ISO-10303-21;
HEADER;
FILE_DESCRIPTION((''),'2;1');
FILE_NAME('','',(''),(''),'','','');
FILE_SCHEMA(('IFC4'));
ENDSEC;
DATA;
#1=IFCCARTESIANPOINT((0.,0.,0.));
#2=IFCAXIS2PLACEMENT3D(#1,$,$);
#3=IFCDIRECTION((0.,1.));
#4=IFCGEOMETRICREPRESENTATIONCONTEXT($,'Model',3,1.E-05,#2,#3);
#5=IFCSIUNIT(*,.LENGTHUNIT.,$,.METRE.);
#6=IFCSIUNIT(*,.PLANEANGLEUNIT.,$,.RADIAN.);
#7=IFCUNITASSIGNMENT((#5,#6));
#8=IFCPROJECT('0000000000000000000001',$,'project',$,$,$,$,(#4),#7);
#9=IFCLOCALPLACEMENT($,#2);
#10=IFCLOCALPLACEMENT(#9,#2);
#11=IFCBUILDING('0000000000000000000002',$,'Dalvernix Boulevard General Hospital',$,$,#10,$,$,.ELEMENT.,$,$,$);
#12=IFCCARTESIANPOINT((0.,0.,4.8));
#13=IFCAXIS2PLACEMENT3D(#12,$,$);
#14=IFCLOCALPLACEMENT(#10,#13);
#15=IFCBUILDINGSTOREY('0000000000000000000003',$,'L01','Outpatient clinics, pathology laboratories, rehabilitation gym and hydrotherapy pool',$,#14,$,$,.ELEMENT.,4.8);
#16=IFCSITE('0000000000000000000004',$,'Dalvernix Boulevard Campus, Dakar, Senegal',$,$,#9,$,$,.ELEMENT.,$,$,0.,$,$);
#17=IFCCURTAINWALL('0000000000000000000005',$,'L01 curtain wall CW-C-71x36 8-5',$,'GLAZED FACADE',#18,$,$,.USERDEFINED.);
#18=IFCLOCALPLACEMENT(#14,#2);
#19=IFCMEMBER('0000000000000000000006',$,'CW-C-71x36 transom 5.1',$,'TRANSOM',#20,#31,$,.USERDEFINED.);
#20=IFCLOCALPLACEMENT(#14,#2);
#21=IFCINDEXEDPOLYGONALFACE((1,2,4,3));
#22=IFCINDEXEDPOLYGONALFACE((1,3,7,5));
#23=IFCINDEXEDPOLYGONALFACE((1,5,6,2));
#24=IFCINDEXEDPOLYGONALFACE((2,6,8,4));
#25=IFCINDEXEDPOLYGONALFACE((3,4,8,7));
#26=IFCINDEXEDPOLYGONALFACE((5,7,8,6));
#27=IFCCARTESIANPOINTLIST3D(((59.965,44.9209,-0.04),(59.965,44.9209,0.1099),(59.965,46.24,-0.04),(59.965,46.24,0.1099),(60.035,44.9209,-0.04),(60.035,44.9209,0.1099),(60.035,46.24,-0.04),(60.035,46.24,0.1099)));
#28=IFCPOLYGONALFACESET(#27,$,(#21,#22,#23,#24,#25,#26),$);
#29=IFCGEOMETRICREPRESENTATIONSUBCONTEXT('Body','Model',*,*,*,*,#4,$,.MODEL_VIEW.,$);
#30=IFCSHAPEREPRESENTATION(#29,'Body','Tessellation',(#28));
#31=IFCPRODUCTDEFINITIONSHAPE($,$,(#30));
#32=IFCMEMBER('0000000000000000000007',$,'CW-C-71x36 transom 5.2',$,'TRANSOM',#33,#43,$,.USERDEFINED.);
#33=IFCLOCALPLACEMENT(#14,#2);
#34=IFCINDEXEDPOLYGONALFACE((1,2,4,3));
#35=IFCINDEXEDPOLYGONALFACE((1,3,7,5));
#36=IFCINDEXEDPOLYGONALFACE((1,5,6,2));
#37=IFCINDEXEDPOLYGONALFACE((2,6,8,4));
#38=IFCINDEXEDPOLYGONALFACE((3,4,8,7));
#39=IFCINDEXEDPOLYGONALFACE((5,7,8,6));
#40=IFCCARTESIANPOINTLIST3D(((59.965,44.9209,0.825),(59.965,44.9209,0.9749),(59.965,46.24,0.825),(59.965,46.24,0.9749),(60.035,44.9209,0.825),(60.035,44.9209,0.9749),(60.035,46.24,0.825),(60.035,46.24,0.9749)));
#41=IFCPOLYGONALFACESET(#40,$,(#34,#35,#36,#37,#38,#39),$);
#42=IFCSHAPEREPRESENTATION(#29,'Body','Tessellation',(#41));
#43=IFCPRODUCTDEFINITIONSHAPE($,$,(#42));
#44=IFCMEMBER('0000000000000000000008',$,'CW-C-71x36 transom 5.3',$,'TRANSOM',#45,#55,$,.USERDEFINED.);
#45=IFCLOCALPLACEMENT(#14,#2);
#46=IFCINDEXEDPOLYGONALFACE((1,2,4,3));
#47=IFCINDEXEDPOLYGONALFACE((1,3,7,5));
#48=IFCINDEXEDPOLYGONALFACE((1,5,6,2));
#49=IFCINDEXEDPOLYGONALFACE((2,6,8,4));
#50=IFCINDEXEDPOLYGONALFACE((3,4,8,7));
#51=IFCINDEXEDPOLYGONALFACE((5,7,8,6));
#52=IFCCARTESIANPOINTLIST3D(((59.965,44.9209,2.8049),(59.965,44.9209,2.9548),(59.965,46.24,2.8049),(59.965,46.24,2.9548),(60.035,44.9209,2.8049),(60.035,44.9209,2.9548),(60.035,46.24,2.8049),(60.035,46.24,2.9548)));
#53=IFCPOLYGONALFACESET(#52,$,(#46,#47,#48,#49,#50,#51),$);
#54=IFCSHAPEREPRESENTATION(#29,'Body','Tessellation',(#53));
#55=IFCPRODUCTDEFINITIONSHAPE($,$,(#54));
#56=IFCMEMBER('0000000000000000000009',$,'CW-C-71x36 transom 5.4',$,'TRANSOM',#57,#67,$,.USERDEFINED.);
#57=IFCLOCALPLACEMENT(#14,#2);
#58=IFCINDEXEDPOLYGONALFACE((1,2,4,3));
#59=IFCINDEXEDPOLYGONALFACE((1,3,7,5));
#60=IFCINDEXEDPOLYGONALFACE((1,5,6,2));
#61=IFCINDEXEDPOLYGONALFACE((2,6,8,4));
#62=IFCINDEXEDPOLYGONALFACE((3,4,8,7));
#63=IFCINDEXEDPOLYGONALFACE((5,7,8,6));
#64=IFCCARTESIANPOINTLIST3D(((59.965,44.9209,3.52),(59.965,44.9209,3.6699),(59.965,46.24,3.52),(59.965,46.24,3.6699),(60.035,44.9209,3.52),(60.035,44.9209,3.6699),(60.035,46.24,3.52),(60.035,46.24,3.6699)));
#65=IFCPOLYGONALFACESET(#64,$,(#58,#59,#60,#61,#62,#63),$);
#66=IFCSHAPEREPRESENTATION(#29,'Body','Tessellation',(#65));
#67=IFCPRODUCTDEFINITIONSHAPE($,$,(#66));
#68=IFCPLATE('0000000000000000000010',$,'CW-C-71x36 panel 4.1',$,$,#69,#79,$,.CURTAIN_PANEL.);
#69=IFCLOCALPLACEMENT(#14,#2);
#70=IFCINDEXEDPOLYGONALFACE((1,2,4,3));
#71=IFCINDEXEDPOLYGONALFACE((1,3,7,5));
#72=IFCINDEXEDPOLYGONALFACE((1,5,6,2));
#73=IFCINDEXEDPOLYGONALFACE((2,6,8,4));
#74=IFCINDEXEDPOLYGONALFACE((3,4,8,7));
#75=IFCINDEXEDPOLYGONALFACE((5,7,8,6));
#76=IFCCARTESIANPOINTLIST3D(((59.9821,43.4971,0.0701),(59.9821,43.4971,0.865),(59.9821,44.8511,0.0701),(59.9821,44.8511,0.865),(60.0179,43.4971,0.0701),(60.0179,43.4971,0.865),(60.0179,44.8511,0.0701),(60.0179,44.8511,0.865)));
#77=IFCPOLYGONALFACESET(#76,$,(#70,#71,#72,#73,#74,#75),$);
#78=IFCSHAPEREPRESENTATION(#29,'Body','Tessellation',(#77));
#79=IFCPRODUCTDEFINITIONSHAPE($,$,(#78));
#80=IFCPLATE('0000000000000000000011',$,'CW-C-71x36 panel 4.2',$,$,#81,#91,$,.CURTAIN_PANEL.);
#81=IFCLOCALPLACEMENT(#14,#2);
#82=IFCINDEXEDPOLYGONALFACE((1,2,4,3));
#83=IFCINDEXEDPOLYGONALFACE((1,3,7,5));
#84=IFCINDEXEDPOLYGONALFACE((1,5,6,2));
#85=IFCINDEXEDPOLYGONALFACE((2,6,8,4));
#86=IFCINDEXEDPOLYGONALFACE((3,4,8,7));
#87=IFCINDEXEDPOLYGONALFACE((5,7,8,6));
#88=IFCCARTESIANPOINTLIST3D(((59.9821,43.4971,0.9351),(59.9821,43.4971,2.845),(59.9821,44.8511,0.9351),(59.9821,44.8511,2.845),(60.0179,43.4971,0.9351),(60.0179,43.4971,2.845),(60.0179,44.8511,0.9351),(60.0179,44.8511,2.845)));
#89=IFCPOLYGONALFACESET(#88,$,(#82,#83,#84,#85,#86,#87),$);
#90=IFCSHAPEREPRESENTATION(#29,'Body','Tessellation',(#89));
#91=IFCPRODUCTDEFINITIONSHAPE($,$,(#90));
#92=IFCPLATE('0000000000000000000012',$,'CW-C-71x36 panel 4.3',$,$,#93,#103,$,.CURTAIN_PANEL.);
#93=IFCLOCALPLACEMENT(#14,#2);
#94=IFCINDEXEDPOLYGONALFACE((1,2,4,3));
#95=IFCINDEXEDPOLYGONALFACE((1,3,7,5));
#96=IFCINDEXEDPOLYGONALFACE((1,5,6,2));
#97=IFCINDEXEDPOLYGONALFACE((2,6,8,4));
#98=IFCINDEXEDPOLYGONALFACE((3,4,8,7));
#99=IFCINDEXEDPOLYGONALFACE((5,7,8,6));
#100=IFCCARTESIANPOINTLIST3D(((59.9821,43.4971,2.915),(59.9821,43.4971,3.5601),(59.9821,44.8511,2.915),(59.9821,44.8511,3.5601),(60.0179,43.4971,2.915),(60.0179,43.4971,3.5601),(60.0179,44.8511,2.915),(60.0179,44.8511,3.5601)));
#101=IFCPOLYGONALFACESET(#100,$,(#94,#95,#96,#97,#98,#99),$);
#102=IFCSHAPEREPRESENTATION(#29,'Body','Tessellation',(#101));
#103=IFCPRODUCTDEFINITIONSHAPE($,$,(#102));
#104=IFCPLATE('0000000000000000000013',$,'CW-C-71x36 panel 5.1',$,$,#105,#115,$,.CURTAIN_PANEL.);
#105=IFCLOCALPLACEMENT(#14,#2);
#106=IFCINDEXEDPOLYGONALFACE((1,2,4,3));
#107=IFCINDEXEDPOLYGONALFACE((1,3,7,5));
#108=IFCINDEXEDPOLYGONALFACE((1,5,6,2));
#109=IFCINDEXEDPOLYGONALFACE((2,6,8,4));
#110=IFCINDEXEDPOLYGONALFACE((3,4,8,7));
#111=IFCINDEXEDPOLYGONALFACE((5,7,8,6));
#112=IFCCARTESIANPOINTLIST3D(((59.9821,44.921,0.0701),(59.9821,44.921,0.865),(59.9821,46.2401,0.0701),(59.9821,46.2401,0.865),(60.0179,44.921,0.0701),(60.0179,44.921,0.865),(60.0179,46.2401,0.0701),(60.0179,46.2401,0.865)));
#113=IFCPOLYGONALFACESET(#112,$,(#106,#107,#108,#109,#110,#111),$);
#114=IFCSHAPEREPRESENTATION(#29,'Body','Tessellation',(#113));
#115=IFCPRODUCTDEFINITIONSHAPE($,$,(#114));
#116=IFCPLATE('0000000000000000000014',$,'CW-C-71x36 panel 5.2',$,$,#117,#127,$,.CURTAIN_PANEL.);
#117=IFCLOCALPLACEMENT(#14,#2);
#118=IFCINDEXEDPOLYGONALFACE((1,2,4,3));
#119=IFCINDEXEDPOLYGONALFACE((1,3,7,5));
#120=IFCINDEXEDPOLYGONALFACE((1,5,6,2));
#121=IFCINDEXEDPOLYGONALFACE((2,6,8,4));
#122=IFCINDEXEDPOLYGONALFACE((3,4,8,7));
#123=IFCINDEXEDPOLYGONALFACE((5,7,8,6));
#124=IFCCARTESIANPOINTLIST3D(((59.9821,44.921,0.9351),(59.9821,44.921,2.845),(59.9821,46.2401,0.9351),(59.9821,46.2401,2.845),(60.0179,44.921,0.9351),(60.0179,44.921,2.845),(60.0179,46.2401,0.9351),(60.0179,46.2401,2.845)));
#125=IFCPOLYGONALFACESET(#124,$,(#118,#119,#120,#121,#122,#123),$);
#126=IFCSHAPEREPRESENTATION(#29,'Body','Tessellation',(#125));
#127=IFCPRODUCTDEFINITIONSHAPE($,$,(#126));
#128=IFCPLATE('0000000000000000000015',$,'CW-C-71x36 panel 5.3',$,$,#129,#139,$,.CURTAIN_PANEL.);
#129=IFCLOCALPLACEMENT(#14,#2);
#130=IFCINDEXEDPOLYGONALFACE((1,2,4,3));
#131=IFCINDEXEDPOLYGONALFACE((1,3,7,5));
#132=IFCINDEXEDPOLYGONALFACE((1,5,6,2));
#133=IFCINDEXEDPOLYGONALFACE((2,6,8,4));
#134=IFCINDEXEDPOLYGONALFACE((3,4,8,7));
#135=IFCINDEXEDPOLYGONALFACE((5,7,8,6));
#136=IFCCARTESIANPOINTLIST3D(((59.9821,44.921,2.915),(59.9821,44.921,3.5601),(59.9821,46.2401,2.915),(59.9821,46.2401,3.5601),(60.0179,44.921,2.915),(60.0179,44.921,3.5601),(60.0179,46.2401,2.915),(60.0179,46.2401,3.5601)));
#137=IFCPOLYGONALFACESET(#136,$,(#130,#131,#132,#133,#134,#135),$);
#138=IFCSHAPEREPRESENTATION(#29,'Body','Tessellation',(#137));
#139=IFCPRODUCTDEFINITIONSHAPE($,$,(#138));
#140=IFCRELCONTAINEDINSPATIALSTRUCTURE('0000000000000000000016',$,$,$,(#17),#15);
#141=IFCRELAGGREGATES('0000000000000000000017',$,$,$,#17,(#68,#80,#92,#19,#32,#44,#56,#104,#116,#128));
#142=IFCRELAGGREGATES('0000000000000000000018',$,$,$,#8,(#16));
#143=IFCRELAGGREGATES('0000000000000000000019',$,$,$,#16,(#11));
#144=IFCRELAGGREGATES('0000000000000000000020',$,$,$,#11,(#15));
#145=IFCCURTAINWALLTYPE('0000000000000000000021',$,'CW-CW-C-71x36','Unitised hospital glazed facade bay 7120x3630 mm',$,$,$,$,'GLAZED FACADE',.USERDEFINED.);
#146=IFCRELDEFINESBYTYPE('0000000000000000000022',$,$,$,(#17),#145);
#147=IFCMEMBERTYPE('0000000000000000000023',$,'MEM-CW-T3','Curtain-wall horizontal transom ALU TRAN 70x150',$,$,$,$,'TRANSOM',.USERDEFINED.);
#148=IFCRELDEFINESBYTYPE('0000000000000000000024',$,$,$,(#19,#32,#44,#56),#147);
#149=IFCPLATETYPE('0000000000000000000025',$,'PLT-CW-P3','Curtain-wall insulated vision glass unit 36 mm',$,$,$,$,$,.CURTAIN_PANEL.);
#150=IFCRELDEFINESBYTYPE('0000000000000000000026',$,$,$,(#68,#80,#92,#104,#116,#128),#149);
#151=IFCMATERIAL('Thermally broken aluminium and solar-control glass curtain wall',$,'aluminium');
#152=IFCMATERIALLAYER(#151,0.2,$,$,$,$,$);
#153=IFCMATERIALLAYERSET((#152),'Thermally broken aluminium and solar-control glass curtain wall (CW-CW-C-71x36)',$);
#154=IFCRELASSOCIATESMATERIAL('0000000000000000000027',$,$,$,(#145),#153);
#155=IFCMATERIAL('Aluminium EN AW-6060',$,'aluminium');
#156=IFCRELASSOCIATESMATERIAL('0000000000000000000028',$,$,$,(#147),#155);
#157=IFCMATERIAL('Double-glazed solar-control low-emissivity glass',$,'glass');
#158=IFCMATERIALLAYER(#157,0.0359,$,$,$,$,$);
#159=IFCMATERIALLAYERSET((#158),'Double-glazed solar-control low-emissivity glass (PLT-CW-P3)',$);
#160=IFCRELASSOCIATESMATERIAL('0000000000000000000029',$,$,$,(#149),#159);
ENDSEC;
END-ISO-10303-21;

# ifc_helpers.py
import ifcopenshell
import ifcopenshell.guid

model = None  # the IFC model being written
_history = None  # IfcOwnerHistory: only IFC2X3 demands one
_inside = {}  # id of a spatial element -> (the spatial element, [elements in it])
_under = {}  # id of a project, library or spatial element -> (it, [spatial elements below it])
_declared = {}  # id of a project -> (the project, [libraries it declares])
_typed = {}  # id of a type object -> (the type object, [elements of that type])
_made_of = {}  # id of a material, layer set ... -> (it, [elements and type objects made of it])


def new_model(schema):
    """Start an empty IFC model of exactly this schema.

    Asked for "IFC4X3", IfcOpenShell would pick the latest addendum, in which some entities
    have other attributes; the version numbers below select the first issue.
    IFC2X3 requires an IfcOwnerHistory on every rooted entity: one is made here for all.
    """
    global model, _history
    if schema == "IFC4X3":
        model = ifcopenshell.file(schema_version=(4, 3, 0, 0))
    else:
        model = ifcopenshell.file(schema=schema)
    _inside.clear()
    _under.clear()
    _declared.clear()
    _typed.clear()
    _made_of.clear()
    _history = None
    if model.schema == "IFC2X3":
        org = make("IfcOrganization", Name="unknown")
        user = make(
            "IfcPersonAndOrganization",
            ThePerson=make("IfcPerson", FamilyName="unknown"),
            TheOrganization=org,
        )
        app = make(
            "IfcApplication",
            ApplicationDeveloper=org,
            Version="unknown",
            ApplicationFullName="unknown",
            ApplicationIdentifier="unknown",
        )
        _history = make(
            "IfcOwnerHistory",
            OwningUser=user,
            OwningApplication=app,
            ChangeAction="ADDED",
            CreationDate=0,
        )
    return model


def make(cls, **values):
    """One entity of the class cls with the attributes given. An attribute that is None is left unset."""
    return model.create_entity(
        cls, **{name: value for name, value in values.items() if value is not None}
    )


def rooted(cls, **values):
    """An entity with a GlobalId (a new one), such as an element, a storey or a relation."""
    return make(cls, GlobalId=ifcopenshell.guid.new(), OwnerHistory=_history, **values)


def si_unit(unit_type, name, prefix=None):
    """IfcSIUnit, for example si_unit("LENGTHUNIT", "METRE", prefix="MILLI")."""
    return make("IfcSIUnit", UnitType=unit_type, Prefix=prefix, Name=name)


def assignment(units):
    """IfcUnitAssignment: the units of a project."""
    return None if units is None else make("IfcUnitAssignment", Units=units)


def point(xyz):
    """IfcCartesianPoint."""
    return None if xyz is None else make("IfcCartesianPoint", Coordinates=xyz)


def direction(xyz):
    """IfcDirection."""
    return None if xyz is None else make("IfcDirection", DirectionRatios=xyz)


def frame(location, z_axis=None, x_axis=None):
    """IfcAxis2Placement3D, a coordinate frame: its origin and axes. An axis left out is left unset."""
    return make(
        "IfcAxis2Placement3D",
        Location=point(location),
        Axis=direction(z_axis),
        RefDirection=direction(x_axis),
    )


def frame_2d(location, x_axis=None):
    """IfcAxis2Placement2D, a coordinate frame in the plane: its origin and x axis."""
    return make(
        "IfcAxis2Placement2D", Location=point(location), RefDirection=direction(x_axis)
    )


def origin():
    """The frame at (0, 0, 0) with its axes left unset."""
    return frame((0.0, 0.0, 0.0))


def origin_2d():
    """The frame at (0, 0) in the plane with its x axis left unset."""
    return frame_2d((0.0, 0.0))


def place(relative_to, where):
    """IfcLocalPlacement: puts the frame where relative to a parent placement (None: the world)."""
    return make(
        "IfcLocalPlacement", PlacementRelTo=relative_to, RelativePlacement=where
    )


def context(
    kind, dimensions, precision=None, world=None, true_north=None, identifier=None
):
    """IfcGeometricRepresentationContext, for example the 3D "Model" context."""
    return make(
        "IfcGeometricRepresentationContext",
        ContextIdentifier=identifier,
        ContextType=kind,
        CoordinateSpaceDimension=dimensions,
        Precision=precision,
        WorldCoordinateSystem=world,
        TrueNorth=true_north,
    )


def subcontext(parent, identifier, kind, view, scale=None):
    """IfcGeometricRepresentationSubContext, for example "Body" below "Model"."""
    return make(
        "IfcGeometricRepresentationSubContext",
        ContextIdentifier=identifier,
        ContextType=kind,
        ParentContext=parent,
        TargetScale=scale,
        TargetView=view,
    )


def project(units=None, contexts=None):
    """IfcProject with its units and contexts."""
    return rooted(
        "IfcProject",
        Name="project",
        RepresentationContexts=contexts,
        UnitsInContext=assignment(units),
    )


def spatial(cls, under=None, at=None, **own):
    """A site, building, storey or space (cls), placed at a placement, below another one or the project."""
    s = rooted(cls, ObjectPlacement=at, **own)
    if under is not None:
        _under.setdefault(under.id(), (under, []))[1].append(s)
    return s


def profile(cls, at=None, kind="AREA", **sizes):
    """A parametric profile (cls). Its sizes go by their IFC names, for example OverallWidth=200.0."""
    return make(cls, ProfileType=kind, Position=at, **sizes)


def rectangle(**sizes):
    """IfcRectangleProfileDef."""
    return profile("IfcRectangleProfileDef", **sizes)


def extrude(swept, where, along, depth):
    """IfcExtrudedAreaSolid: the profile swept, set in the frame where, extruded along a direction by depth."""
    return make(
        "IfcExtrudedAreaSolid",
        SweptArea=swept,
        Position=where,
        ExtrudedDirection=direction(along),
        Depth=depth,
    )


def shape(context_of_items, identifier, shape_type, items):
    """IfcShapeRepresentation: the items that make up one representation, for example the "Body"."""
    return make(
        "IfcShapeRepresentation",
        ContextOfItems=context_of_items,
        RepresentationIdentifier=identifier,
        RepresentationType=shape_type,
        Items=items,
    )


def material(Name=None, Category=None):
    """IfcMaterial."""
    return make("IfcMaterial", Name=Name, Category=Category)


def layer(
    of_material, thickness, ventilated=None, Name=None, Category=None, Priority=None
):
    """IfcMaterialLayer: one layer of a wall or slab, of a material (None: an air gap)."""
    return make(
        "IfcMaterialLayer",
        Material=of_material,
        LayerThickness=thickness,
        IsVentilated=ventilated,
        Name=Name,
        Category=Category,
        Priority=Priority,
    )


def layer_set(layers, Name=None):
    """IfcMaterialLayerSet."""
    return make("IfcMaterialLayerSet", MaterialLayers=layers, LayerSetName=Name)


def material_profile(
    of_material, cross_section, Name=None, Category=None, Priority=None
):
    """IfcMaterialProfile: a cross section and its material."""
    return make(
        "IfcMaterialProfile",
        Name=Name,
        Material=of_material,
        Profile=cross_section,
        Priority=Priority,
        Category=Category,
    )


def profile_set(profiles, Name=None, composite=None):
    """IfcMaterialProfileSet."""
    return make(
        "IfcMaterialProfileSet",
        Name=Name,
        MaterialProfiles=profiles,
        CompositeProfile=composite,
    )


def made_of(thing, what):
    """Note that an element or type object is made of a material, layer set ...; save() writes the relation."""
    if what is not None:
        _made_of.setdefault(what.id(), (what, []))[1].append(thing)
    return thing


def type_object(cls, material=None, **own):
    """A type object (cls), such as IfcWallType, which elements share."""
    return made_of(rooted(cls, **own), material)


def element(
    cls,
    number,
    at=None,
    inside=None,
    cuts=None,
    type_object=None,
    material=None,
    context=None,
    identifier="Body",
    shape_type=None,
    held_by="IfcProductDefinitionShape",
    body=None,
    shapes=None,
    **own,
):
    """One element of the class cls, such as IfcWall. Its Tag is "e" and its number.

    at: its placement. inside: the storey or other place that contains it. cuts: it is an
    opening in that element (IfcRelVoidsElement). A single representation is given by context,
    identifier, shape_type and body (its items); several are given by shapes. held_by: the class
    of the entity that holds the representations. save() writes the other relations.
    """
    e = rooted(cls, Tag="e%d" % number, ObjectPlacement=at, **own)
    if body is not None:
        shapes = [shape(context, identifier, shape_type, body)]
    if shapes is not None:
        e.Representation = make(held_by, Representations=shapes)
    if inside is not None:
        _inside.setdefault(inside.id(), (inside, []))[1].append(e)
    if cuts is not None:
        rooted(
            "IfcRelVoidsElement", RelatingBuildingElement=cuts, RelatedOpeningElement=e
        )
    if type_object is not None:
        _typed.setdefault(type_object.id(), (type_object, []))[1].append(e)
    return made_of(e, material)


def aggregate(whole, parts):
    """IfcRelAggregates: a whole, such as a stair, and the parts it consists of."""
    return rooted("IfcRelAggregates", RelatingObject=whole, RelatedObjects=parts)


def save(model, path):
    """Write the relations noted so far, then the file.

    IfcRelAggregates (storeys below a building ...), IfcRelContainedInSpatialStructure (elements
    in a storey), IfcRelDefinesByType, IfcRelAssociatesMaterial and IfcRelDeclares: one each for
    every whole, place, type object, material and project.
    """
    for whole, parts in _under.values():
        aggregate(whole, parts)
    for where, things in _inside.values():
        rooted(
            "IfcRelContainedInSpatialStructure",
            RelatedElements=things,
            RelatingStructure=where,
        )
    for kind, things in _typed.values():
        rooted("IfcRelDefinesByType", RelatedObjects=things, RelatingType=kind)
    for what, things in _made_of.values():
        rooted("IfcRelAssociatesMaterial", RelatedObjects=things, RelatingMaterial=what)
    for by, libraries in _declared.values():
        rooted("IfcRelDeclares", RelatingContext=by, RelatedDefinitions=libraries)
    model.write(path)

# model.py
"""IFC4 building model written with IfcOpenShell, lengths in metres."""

from ifc_helpers import new_model, si_unit, direction, frame, origin, origin_2d, place, context, subcontext, project, spatial, rectangle, extrude, material, layer, layer_set, material_profile, profile_set, type_object, element, aggregate, save


model = new_model("IFC4")

# Units and contexts
model_context = context("Model", 3, precision=1e-05, world=origin(), true_north=direction((0.0, 1.0)))
body_context = subcontext(model_context, "Body", "Model", "MODEL_VIEW")
ifc_project = project(units=[si_unit("LENGTHUNIT", "METRE"), si_unit("PLANEANGLEUNIT", "RADIAN")], contexts=[model_context])

# Site, building, storey
site_placement = place(None, origin())
site = spatial("IfcSite", under=ifc_project, at=site_placement, Name="Dalvernix Boulevard Campus, Dakar, Senegal", CompositionType="ELEMENT", RefElevation=0.0)
building_placement = place(site_placement, origin())
building = spatial("IfcBuilding", under=site, at=building_placement, Name="Dalvernix Boulevard General Hospital", CompositionType="ELEMENT")
storey_placement = place(building_placement, frame((0.0, 0.0, 4.8)))
storey = spatial("IfcBuildingStorey", under=building, at=storey_placement, Name="L01", Description="Outpatient clinics, pathology laboratories, rehabilitation gym and hydrotherapy pool", CompositionType="ELEMENT", Elevation=4.8)

# Shared definitions
ifc_material_1 = material(Name="Thermally broken aluminium and solar-control glass curtain wall", Category="aluminium")
ifc_material_2 = material(Name="Aluminium EN AW-6060", Category="aluminium")

# Curtain wall
ifc_layer_1 = layer(ifc_material_1, 0.2)
ifc_layer_set_1 = layer_set([ifc_layer_1], Name="Thermally broken aluminium and solar-control glass curtain wall (CW-CW-C-71x36)")
curtain_wall_type_1 = type_object("IfcCurtainWallType", Name="CW-CW-C-71x36", Description="Unitised hospital glazed facade bay 7120x3630 mm", ElementType="GLAZED FACADE", PredefinedType="USERDEFINED", material=ifc_layer_set_1)
curtain_wall_1_placement = place(storey_placement, origin())
curtain_wall_1 = element("IfcCurtainWall", 1, at=curtain_wall_1_placement, inside=storey, type_object=curtain_wall_type_1, Name="L01 curtain wall CW-C-71x36 8-5", ObjectType="GLAZED FACADE", PredefinedType="USERDEFINED")

# Members
ifc_material_profile_1 = material_profile(ifc_material_2, rectangle(XDim=0.0701, YDim=0.1499, at=origin_2d()), Name="ALU TRAN 70x150")
ifc_profile_set_1 = profile_set([ifc_material_profile_1], Name="Aluminium EN AW-6060")
member_type_1 = type_object("IfcMemberType", Name="MEM-CW-T3", Description="Curtain-wall horizontal transom ALU TRAN 70x150", ElementType="TRANSOM", PredefinedType="USERDEFINED", material=ifc_profile_set_1)
member_1_placement = place(storey_placement, frame((60.0, 44.9209, 0.0349), z_axis=(0.0, 1.0, 0.0), x_axis=(-1.0, 0.0, 0.0)))
member_1 = element("IfcMember", 2, at=member_1_placement, type_object=member_type_1, Name="CW-C-71x36 transom 5.1", ObjectType="TRANSOM", PredefinedType="USERDEFINED", context=body_context, shape_type="SweptSolid", body=[
    extrude(rectangle(XDim=0.0701, YDim=0.1499, at=origin_2d()), origin(), (0.0, 0.0, 1.0), 1.3191),
])
member_2_placement = place(storey_placement, frame((60.0, 44.9209, 0.8999), z_axis=(0.0, 1.0, 0.0), x_axis=(-1.0, 0.0, 0.0)))
member_2 = element("IfcMember", 3, at=member_2_placement, type_object=member_type_1, Name="CW-C-71x36 transom 5.2", ObjectType="TRANSOM", PredefinedType="USERDEFINED", context=body_context, shape_type="SweptSolid", body=[
    extrude(rectangle(XDim=0.0701, YDim=0.1499, at=origin_2d()), origin(), (0.0, 0.0, 1.0), 1.3191),
])
member_3_placement = place(storey_placement, frame((60.0, 44.9209, 2.8799), z_axis=(0.0, 1.0, 0.0), x_axis=(-1.0, 0.0, 0.0)))
member_3 = element("IfcMember", 4, at=member_3_placement, type_object=member_type_1, Name="CW-C-71x36 transom 5.3", ObjectType="TRANSOM", PredefinedType="USERDEFINED", context=body_context, shape_type="SweptSolid", body=[
    extrude(rectangle(XDim=0.0701, YDim=0.1499, at=origin_2d()), origin(), (0.0, 0.0, 1.0), 1.3191),
])
member_4_placement = place(storey_placement, frame((60.0, 44.9209, 3.595), z_axis=(0.0, 1.0, 0.0), x_axis=(-1.0, 0.0, 0.0)))
member_4 = element("IfcMember", 5, at=member_4_placement, type_object=member_type_1, Name="CW-C-71x36 transom 5.4", ObjectType="TRANSOM", PredefinedType="USERDEFINED", context=body_context, shape_type="SweptSolid", body=[
    extrude(rectangle(XDim=0.0701, YDim=0.1499, at=origin_2d()), origin(), (0.0, 0.0, 1.0), 1.3191),
])

# Plates
ifc_material_3 = material(Name="Double-glazed solar-control low-emissivity glass", Category="glass")
ifc_layer_2 = layer(ifc_material_3, 0.0359)
ifc_layer_set_2 = layer_set([ifc_layer_2], Name="Double-glazed solar-control low-emissivity glass (PLT-CW-P3)")
plate_type = type_object("IfcPlateType", Name="PLT-CW-P3", Description="Curtain-wall insulated vision glass unit 36 mm", PredefinedType="CURTAIN_PANEL", material=ifc_layer_set_2)
plate_1_placement = place(storey_placement, frame((60.0, 44.1741, 0.0701), z_axis=(0.0, 0.0, 1.0), x_axis=(0.0, 1.0, 0.0)))
plate_1 = element("IfcPlate", 6, at=plate_1_placement, type_object=plate_type, Name="CW-C-71x36 panel 4.1", PredefinedType="CURTAIN_PANEL", context=body_context, shape_type="SweptSolid", body=[
    extrude(rectangle(XDim=1.354, YDim=0.0359, at=origin_2d()), origin(), (0.0, 0.0, 1.0), 0.7949),
])
plate_2_placement = place(storey_placement, frame((60.0, 44.1741, 0.9351), z_axis=(0.0, 0.0, 1.0), x_axis=(0.0, 1.0, 0.0)))
plate_2 = element("IfcPlate", 7, at=plate_2_placement, type_object=plate_type, Name="CW-C-71x36 panel 4.2", PredefinedType="CURTAIN_PANEL", context=body_context, shape_type="SweptSolid", body=[
    extrude(rectangle(XDim=1.354, YDim=0.0359, at=origin_2d()), origin(), (0.0, 0.0, 1.0), 1.9099),
])
plate_3_placement = place(storey_placement, frame((60.0, 44.1741, 2.915), z_axis=(0.0, 0.0, 1.0), x_axis=(0.0, 1.0, 0.0)))
plate_3 = element("IfcPlate", 8, at=plate_3_placement, type_object=plate_type, Name="CW-C-71x36 panel 4.3", PredefinedType="CURTAIN_PANEL", context=body_context, shape_type="SweptSolid", body=[
    extrude(rectangle(XDim=1.354, YDim=0.0359, at=origin_2d()), origin(), (0.0, 0.0, 1.0), 0.645),
])
plate_4_placement = place(storey_placement, frame((60.0, 45.5806, 0.0701), z_axis=(0.0, 0.0, 1.0), x_axis=(0.0, 1.0, 0.0)))
plate_4 = element("IfcPlate", 9, at=plate_4_placement, type_object=plate_type, Name="CW-C-71x36 panel 5.1", PredefinedType="CURTAIN_PANEL", context=body_context, shape_type="SweptSolid", body=[
    extrude(rectangle(XDim=1.3191, YDim=0.0359, at=origin_2d()), origin(), (0.0, 0.0, 1.0), 0.7949),
])
plate_5_placement = place(storey_placement, frame((60.0, 45.5806, 0.9351), z_axis=(0.0, 0.0, 1.0), x_axis=(0.0, 1.0, 0.0)))
plate_5 = element("IfcPlate", 10, at=plate_5_placement, type_object=plate_type, Name="CW-C-71x36 panel 5.2", PredefinedType="CURTAIN_PANEL", context=body_context, shape_type="SweptSolid", body=[
    extrude(rectangle(XDim=1.3191, YDim=0.0359, at=origin_2d()), origin(), (0.0, 0.0, 1.0), 1.9099),
])
plate_6_placement = place(storey_placement, frame((60.0, 45.5806, 2.915), z_axis=(0.0, 0.0, 1.0), x_axis=(0.0, 1.0, 0.0)))
plate_6 = element("IfcPlate", 11, at=plate_6_placement, type_object=plate_type, Name="CW-C-71x36 panel 5.3", PredefinedType="CURTAIN_PANEL", context=body_context, shape_type="SweptSolid", body=[
    extrude(rectangle(XDim=1.3191, YDim=0.0359, at=origin_2d()), origin(), (0.0, 0.0, 1.0), 0.645),
])
aggregate(curtain_wall_1, [plate_1, plate_2, plate_3, member_1, member_2, member_3, member_4, plate_4, plate_5, plate_6])

save(model, "model.ifc")
